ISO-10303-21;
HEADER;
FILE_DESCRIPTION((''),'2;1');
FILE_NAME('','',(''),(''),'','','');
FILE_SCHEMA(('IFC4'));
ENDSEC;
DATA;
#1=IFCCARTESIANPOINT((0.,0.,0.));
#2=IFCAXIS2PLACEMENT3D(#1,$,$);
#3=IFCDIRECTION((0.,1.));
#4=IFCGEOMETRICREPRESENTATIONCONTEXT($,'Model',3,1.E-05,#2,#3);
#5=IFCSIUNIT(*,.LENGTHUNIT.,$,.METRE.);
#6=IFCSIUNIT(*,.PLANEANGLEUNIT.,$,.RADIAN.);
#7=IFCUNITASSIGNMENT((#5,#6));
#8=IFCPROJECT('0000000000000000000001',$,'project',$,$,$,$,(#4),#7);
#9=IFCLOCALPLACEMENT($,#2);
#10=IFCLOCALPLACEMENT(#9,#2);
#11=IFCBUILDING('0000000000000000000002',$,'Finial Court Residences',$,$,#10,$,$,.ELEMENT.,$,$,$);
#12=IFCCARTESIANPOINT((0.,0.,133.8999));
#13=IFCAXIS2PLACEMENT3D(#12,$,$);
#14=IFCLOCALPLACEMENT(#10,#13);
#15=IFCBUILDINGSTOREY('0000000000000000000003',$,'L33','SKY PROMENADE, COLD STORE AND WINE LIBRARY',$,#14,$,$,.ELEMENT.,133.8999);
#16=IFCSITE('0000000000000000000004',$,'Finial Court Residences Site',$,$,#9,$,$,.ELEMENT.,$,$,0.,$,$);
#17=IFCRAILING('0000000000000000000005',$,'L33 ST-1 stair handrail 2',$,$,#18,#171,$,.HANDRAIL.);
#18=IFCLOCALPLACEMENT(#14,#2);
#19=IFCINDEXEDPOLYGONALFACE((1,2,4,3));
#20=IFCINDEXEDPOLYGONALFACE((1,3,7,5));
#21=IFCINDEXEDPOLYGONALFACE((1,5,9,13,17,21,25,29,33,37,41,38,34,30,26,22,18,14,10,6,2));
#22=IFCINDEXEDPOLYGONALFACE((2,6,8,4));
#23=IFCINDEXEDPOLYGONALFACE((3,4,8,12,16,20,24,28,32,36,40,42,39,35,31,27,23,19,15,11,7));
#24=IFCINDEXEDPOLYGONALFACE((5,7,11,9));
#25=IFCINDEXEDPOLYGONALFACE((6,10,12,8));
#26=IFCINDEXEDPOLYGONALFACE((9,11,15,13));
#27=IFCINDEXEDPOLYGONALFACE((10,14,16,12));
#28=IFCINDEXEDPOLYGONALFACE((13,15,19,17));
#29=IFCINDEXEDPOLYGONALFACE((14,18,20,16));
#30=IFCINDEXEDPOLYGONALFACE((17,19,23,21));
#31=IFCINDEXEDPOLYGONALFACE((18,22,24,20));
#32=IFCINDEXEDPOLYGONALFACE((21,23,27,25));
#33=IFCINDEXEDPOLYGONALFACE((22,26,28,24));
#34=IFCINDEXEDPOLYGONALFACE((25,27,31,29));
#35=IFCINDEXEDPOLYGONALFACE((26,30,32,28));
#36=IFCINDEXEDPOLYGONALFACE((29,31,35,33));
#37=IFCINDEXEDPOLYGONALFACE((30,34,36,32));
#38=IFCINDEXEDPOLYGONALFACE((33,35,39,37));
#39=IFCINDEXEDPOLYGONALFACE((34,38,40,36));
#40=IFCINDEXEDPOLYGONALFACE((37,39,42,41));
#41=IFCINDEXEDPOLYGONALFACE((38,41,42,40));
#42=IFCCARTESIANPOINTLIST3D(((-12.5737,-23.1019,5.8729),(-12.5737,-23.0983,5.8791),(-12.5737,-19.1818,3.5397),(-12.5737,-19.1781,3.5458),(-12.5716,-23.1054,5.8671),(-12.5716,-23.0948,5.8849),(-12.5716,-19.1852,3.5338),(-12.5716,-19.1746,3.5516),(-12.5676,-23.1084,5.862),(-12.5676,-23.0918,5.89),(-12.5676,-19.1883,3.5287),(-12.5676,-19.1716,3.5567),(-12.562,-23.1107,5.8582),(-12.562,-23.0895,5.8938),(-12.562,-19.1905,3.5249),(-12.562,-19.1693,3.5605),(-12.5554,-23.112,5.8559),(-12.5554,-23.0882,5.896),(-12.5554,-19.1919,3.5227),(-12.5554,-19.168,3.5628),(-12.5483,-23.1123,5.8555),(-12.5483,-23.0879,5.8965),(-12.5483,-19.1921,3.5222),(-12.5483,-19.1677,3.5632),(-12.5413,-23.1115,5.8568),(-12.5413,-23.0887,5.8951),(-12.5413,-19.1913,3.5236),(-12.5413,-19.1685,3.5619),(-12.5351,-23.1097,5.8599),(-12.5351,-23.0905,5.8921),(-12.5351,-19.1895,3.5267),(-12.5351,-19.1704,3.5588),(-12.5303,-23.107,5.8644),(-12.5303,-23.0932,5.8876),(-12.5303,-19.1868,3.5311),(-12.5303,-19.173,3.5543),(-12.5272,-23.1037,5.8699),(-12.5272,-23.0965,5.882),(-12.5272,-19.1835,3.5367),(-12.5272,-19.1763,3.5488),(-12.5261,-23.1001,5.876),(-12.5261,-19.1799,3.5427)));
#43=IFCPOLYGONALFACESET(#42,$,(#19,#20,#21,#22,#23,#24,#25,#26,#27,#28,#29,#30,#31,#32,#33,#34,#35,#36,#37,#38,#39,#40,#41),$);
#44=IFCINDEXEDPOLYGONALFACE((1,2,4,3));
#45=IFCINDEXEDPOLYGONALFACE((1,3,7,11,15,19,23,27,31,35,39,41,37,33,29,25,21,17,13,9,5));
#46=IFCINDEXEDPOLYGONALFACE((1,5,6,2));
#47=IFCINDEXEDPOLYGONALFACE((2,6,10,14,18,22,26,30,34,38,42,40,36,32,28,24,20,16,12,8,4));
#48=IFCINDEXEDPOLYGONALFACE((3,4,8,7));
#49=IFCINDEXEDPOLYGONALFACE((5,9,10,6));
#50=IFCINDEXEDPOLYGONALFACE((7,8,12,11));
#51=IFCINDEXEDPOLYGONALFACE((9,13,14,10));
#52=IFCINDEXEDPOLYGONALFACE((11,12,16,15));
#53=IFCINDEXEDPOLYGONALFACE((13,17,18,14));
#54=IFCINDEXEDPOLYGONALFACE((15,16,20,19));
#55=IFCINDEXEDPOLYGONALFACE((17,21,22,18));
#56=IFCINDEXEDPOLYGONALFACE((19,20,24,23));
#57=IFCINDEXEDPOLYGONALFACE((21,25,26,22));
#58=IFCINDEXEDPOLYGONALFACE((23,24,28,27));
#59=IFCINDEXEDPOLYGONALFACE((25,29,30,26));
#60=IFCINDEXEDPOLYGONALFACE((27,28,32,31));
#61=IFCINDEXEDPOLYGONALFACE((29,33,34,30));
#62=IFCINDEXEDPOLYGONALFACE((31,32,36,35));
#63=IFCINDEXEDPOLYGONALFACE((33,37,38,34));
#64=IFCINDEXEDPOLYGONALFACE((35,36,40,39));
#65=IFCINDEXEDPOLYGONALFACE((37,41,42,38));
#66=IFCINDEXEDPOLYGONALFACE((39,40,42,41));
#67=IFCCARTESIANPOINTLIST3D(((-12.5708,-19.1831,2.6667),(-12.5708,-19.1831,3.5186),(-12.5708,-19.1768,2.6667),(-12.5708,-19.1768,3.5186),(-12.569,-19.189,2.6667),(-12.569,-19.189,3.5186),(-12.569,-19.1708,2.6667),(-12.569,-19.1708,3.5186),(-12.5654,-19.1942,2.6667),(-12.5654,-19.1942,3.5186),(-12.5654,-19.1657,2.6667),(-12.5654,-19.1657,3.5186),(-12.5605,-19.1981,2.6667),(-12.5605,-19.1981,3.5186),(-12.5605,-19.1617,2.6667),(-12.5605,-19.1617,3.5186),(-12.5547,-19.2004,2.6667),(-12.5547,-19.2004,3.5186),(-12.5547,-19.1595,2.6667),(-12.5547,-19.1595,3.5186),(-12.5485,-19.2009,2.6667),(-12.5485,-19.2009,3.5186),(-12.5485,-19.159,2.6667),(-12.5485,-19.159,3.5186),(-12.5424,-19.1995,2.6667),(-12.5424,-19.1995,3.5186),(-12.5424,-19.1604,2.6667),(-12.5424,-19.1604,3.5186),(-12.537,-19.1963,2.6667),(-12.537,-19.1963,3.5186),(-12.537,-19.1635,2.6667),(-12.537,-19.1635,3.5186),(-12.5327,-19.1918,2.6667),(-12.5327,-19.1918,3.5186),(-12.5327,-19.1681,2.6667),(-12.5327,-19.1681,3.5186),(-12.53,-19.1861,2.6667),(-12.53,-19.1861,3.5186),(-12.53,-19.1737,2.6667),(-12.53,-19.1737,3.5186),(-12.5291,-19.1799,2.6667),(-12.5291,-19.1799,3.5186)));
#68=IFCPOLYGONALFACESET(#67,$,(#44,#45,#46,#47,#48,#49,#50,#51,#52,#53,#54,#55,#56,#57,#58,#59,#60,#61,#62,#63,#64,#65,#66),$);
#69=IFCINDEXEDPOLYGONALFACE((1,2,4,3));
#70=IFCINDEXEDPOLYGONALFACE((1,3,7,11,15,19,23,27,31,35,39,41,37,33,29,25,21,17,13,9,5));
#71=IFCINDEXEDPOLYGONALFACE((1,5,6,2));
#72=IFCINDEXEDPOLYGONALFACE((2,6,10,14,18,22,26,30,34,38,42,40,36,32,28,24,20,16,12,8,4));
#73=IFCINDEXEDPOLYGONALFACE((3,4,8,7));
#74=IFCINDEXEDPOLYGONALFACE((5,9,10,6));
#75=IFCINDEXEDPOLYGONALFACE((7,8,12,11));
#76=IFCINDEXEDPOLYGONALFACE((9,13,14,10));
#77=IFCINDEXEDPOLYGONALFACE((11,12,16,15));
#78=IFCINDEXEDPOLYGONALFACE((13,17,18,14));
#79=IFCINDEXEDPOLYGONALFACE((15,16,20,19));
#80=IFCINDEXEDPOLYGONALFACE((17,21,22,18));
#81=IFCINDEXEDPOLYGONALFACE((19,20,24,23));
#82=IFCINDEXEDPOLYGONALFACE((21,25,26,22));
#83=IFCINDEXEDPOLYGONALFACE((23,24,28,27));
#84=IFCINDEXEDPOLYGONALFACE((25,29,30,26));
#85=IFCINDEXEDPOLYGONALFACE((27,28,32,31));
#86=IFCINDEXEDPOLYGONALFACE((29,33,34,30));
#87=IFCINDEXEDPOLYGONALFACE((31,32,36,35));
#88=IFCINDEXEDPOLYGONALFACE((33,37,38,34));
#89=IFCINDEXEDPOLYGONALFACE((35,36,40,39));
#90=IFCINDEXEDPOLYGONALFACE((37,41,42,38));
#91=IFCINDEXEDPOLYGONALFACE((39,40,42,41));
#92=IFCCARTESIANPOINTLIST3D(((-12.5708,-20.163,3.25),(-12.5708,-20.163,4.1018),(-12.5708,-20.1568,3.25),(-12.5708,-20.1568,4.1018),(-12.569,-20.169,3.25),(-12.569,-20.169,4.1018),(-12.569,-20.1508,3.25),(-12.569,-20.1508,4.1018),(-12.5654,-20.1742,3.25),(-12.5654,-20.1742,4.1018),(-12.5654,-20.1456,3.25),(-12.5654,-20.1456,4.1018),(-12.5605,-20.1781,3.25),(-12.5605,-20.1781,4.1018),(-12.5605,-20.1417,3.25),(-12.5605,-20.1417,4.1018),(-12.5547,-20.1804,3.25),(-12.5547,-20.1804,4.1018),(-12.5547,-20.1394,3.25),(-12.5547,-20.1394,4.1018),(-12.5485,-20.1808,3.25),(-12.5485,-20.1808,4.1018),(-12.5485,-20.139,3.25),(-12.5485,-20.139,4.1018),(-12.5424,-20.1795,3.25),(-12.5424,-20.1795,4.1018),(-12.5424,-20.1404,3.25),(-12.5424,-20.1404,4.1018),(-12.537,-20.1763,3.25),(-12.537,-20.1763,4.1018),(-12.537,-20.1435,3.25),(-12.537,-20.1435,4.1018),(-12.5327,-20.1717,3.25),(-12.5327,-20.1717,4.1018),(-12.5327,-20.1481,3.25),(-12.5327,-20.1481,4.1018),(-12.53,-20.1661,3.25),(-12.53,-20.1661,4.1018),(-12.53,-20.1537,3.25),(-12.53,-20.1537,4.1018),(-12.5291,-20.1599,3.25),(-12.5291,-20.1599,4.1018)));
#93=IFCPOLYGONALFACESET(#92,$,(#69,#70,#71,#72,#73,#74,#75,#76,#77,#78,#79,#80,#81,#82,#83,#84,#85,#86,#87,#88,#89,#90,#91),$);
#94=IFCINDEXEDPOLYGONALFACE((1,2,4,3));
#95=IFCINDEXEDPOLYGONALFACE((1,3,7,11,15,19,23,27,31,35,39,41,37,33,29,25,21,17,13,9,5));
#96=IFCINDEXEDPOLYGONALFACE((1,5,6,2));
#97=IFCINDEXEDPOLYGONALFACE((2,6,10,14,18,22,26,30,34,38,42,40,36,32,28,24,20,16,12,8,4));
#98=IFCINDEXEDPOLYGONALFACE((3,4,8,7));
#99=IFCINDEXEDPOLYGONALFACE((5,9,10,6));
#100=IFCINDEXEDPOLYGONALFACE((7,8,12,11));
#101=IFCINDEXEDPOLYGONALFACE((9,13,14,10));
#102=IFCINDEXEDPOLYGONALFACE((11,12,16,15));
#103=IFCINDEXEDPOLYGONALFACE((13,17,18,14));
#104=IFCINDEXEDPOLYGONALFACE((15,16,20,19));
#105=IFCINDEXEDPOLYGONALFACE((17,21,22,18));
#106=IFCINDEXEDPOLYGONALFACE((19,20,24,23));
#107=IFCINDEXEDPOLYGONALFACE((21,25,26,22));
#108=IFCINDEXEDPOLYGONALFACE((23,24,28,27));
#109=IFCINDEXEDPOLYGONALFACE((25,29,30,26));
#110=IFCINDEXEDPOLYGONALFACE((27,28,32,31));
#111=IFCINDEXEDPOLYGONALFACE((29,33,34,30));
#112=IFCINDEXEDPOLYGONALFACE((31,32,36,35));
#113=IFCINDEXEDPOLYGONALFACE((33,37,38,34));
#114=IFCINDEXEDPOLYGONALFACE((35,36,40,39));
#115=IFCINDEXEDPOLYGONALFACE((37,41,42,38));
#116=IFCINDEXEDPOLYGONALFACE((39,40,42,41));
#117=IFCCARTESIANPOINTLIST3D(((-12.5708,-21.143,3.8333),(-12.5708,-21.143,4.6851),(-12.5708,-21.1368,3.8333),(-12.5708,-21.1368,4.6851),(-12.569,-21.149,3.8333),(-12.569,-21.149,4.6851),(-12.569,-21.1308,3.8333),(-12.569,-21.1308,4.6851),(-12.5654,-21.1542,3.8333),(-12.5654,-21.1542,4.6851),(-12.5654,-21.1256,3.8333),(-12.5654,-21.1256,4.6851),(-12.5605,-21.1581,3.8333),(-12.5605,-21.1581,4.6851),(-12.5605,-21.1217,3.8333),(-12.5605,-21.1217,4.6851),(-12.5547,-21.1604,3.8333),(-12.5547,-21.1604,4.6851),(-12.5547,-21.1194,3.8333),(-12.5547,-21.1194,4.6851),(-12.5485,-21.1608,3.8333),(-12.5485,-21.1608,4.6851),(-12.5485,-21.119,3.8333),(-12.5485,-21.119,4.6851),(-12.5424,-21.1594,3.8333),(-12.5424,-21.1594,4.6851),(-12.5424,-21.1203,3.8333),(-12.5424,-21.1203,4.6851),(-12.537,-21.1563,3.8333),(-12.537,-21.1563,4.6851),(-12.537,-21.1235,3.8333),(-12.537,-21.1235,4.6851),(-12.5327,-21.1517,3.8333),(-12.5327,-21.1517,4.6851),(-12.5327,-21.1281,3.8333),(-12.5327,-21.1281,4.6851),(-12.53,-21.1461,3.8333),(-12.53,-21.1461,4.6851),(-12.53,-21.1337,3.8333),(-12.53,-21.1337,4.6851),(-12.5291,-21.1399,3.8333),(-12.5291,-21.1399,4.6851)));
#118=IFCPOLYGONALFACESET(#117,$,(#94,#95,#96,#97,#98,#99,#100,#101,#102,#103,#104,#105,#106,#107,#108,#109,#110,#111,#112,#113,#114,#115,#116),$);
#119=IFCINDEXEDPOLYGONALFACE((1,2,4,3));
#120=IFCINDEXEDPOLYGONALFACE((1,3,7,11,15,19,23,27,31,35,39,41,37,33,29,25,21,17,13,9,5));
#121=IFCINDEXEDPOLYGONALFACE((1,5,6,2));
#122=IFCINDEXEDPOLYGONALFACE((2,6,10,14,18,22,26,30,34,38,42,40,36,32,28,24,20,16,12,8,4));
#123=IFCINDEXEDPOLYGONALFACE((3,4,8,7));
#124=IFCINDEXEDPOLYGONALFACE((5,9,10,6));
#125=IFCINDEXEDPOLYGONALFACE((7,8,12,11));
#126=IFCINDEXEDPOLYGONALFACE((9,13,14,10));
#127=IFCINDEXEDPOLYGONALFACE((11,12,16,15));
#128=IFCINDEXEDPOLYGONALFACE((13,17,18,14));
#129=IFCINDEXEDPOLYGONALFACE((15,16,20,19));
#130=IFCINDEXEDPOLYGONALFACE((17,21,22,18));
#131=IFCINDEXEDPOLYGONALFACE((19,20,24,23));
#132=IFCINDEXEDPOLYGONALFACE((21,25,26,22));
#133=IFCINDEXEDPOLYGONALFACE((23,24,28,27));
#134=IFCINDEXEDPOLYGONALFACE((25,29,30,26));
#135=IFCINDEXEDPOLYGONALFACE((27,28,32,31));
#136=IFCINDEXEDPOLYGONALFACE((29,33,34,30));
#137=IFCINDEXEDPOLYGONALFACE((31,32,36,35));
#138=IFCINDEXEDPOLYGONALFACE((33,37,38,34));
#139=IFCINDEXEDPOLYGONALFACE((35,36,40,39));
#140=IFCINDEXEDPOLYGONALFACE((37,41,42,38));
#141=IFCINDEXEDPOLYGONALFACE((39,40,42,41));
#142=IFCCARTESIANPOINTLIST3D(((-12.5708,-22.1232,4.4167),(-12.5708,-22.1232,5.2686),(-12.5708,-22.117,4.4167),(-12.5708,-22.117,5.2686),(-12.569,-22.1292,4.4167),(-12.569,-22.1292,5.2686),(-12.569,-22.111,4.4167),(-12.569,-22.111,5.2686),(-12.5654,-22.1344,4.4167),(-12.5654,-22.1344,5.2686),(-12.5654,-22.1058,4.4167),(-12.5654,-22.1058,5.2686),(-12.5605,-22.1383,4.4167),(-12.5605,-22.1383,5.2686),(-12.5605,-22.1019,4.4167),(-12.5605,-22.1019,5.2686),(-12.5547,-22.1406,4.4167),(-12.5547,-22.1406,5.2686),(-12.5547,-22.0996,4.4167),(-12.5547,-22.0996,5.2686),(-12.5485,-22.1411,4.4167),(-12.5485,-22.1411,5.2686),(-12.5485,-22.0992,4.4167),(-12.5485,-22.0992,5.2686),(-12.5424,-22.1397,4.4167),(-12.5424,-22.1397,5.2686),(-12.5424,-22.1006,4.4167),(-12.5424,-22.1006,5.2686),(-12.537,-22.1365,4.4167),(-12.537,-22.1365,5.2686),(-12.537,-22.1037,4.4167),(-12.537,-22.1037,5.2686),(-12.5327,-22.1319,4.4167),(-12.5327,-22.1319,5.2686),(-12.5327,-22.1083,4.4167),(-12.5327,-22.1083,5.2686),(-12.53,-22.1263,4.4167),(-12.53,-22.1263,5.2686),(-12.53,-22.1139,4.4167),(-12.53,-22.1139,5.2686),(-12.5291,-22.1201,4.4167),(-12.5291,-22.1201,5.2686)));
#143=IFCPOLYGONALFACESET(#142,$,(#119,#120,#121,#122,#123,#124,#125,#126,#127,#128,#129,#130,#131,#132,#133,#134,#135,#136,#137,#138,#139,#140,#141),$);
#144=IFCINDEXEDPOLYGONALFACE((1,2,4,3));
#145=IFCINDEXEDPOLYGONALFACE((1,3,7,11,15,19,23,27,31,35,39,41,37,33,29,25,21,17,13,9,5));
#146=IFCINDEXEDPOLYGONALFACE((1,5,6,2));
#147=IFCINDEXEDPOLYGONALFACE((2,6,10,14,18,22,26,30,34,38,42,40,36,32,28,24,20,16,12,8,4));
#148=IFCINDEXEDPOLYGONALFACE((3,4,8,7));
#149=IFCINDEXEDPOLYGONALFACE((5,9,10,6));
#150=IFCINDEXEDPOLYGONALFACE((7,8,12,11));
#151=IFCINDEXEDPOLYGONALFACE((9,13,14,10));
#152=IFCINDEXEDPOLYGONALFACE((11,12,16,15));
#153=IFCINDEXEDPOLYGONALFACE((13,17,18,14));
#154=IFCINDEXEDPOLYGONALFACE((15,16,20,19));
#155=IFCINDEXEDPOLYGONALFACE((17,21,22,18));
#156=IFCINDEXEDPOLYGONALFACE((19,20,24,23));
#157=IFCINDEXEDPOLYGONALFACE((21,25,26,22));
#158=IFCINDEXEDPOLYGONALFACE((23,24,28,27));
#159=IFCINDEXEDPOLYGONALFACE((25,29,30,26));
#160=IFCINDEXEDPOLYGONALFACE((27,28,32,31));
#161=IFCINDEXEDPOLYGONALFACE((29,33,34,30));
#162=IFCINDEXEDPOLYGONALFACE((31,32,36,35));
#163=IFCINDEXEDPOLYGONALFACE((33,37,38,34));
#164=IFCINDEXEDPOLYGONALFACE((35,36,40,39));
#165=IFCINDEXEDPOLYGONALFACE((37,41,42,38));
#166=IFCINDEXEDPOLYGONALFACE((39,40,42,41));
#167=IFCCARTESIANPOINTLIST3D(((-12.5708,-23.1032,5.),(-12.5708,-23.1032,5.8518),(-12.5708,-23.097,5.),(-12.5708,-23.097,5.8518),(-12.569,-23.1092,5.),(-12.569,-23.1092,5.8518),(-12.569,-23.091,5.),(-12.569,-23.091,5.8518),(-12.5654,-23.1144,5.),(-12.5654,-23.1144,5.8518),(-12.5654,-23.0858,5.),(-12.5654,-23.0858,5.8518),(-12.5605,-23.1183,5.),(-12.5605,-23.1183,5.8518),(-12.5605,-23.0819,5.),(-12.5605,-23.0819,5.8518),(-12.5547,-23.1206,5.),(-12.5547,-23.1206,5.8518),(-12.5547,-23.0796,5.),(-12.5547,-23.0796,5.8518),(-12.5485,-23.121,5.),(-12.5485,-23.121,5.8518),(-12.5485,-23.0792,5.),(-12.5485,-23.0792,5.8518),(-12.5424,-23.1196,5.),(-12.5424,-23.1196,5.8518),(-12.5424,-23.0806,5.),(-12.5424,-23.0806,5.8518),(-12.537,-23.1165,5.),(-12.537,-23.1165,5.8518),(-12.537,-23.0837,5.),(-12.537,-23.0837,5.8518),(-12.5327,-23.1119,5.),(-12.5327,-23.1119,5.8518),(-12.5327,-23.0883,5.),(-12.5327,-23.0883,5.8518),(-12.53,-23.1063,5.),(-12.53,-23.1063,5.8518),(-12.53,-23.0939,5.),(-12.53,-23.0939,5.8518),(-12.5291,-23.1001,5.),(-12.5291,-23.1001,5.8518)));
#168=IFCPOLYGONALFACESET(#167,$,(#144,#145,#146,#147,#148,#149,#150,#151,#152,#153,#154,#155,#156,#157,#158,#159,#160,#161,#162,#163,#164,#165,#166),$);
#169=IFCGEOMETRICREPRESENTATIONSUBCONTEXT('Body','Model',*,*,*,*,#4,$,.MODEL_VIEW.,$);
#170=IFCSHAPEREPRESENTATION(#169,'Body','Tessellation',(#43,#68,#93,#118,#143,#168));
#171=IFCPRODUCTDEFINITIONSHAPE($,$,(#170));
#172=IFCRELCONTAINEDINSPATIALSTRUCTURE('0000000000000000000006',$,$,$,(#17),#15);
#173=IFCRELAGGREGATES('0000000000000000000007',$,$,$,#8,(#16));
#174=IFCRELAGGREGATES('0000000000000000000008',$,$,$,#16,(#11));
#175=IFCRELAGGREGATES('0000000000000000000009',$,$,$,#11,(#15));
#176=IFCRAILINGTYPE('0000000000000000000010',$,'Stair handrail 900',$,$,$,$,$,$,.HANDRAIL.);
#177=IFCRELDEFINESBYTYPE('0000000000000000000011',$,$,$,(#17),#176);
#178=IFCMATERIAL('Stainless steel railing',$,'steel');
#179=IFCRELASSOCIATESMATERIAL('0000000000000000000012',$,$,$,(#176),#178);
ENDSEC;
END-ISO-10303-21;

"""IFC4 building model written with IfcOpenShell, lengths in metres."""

from ifc_helpers import new_model, si_unit, direction, frame, origin, origin_2d, place, context, subcontext, project, spatial, circle, extrude, material, type_object, element, save


model = new_model("IFC4")

# Units and contexts
model_context = context("Model", 3, precision=1e-05, world=origin(), true_north=direction((0.0, 1.0)))
body_context = subcontext(model_context, "Body", "Model", "MODEL_VIEW")
ifc_project = project(units=[si_unit("LENGTHUNIT", "METRE"), si_unit("PLANEANGLEUNIT", "RADIAN")], contexts=[model_context])

# Site, building, storey
site_placement = place(None, origin())
site = spatial("IfcSite", under=ifc_project, at=site_placement, Name="Finial Court Residences Site", CompositionType="ELEMENT", RefElevation=0.0)
building_placement = place(site_placement, origin())
building = spatial("IfcBuilding", under=site, at=building_placement, Name="Finial Court Residences", CompositionType="ELEMENT")
storey_placement = place(building_placement, frame((0.0, 0.0, 133.8999)))
storey = spatial("IfcBuildingStorey", under=building, at=storey_placement, Name="L33", Description="SKY PROMENADE, COLD STORE AND WINE LIBRARY", CompositionType="ELEMENT", Elevation=133.8999)

# Railing
ifc_material_1 = material(Name="Stainless steel railing", Category="steel")
railing_type = type_object("IfcRailingType", Name="Stair handrail 900", PredefinedType="HANDRAIL", material=ifc_material_1)
railing_placement = place(storey_placement, frame((-12.55, -19.1799, 2.6667)))
element("IfcRailing", 1, at=railing_placement, inside=storey, type_object=railing_type, Name="L33 ST-1 stair handrail 2", PredefinedType="HANDRAIL", context=body_context, shape_type="SweptSolid", body=[
    extrude(circle(Radius=0.0239, at=origin_2d()), frame((0.0, 0.0, 0.876), z_axis=(0.0, -0.85931, 0.511455), x_axis=(1.0, 0.0, 0.0)), (0.0, 0.0, 1.0), 4.562),
    extrude(circle(Radius=0.021, at=origin_2d()), origin(), (0.0, 0.0, 1.0), 0.8518),
    extrude(circle(Radius=0.021, at=origin_2d()), frame((0.0, -0.98, 0.5833)), (0.0, 0.0, 1.0), 0.8518),
    extrude(circle(Radius=0.021, at=origin_2d()), frame((0.0, -1.96, 1.1665)), (0.0, 0.0, 1.0), 0.8518),
    extrude(circle(Radius=0.021, at=origin_2d()), frame((0.0, -2.9402, 1.75)), (0.0, 0.0, 1.0), 0.8518),
    extrude(circle(Radius=0.021, at=origin_2d()), frame((0.0, -3.9202, 2.3333)), (0.0, 0.0, 1.0), 0.8518),
])

save(model, "model.ifc")
